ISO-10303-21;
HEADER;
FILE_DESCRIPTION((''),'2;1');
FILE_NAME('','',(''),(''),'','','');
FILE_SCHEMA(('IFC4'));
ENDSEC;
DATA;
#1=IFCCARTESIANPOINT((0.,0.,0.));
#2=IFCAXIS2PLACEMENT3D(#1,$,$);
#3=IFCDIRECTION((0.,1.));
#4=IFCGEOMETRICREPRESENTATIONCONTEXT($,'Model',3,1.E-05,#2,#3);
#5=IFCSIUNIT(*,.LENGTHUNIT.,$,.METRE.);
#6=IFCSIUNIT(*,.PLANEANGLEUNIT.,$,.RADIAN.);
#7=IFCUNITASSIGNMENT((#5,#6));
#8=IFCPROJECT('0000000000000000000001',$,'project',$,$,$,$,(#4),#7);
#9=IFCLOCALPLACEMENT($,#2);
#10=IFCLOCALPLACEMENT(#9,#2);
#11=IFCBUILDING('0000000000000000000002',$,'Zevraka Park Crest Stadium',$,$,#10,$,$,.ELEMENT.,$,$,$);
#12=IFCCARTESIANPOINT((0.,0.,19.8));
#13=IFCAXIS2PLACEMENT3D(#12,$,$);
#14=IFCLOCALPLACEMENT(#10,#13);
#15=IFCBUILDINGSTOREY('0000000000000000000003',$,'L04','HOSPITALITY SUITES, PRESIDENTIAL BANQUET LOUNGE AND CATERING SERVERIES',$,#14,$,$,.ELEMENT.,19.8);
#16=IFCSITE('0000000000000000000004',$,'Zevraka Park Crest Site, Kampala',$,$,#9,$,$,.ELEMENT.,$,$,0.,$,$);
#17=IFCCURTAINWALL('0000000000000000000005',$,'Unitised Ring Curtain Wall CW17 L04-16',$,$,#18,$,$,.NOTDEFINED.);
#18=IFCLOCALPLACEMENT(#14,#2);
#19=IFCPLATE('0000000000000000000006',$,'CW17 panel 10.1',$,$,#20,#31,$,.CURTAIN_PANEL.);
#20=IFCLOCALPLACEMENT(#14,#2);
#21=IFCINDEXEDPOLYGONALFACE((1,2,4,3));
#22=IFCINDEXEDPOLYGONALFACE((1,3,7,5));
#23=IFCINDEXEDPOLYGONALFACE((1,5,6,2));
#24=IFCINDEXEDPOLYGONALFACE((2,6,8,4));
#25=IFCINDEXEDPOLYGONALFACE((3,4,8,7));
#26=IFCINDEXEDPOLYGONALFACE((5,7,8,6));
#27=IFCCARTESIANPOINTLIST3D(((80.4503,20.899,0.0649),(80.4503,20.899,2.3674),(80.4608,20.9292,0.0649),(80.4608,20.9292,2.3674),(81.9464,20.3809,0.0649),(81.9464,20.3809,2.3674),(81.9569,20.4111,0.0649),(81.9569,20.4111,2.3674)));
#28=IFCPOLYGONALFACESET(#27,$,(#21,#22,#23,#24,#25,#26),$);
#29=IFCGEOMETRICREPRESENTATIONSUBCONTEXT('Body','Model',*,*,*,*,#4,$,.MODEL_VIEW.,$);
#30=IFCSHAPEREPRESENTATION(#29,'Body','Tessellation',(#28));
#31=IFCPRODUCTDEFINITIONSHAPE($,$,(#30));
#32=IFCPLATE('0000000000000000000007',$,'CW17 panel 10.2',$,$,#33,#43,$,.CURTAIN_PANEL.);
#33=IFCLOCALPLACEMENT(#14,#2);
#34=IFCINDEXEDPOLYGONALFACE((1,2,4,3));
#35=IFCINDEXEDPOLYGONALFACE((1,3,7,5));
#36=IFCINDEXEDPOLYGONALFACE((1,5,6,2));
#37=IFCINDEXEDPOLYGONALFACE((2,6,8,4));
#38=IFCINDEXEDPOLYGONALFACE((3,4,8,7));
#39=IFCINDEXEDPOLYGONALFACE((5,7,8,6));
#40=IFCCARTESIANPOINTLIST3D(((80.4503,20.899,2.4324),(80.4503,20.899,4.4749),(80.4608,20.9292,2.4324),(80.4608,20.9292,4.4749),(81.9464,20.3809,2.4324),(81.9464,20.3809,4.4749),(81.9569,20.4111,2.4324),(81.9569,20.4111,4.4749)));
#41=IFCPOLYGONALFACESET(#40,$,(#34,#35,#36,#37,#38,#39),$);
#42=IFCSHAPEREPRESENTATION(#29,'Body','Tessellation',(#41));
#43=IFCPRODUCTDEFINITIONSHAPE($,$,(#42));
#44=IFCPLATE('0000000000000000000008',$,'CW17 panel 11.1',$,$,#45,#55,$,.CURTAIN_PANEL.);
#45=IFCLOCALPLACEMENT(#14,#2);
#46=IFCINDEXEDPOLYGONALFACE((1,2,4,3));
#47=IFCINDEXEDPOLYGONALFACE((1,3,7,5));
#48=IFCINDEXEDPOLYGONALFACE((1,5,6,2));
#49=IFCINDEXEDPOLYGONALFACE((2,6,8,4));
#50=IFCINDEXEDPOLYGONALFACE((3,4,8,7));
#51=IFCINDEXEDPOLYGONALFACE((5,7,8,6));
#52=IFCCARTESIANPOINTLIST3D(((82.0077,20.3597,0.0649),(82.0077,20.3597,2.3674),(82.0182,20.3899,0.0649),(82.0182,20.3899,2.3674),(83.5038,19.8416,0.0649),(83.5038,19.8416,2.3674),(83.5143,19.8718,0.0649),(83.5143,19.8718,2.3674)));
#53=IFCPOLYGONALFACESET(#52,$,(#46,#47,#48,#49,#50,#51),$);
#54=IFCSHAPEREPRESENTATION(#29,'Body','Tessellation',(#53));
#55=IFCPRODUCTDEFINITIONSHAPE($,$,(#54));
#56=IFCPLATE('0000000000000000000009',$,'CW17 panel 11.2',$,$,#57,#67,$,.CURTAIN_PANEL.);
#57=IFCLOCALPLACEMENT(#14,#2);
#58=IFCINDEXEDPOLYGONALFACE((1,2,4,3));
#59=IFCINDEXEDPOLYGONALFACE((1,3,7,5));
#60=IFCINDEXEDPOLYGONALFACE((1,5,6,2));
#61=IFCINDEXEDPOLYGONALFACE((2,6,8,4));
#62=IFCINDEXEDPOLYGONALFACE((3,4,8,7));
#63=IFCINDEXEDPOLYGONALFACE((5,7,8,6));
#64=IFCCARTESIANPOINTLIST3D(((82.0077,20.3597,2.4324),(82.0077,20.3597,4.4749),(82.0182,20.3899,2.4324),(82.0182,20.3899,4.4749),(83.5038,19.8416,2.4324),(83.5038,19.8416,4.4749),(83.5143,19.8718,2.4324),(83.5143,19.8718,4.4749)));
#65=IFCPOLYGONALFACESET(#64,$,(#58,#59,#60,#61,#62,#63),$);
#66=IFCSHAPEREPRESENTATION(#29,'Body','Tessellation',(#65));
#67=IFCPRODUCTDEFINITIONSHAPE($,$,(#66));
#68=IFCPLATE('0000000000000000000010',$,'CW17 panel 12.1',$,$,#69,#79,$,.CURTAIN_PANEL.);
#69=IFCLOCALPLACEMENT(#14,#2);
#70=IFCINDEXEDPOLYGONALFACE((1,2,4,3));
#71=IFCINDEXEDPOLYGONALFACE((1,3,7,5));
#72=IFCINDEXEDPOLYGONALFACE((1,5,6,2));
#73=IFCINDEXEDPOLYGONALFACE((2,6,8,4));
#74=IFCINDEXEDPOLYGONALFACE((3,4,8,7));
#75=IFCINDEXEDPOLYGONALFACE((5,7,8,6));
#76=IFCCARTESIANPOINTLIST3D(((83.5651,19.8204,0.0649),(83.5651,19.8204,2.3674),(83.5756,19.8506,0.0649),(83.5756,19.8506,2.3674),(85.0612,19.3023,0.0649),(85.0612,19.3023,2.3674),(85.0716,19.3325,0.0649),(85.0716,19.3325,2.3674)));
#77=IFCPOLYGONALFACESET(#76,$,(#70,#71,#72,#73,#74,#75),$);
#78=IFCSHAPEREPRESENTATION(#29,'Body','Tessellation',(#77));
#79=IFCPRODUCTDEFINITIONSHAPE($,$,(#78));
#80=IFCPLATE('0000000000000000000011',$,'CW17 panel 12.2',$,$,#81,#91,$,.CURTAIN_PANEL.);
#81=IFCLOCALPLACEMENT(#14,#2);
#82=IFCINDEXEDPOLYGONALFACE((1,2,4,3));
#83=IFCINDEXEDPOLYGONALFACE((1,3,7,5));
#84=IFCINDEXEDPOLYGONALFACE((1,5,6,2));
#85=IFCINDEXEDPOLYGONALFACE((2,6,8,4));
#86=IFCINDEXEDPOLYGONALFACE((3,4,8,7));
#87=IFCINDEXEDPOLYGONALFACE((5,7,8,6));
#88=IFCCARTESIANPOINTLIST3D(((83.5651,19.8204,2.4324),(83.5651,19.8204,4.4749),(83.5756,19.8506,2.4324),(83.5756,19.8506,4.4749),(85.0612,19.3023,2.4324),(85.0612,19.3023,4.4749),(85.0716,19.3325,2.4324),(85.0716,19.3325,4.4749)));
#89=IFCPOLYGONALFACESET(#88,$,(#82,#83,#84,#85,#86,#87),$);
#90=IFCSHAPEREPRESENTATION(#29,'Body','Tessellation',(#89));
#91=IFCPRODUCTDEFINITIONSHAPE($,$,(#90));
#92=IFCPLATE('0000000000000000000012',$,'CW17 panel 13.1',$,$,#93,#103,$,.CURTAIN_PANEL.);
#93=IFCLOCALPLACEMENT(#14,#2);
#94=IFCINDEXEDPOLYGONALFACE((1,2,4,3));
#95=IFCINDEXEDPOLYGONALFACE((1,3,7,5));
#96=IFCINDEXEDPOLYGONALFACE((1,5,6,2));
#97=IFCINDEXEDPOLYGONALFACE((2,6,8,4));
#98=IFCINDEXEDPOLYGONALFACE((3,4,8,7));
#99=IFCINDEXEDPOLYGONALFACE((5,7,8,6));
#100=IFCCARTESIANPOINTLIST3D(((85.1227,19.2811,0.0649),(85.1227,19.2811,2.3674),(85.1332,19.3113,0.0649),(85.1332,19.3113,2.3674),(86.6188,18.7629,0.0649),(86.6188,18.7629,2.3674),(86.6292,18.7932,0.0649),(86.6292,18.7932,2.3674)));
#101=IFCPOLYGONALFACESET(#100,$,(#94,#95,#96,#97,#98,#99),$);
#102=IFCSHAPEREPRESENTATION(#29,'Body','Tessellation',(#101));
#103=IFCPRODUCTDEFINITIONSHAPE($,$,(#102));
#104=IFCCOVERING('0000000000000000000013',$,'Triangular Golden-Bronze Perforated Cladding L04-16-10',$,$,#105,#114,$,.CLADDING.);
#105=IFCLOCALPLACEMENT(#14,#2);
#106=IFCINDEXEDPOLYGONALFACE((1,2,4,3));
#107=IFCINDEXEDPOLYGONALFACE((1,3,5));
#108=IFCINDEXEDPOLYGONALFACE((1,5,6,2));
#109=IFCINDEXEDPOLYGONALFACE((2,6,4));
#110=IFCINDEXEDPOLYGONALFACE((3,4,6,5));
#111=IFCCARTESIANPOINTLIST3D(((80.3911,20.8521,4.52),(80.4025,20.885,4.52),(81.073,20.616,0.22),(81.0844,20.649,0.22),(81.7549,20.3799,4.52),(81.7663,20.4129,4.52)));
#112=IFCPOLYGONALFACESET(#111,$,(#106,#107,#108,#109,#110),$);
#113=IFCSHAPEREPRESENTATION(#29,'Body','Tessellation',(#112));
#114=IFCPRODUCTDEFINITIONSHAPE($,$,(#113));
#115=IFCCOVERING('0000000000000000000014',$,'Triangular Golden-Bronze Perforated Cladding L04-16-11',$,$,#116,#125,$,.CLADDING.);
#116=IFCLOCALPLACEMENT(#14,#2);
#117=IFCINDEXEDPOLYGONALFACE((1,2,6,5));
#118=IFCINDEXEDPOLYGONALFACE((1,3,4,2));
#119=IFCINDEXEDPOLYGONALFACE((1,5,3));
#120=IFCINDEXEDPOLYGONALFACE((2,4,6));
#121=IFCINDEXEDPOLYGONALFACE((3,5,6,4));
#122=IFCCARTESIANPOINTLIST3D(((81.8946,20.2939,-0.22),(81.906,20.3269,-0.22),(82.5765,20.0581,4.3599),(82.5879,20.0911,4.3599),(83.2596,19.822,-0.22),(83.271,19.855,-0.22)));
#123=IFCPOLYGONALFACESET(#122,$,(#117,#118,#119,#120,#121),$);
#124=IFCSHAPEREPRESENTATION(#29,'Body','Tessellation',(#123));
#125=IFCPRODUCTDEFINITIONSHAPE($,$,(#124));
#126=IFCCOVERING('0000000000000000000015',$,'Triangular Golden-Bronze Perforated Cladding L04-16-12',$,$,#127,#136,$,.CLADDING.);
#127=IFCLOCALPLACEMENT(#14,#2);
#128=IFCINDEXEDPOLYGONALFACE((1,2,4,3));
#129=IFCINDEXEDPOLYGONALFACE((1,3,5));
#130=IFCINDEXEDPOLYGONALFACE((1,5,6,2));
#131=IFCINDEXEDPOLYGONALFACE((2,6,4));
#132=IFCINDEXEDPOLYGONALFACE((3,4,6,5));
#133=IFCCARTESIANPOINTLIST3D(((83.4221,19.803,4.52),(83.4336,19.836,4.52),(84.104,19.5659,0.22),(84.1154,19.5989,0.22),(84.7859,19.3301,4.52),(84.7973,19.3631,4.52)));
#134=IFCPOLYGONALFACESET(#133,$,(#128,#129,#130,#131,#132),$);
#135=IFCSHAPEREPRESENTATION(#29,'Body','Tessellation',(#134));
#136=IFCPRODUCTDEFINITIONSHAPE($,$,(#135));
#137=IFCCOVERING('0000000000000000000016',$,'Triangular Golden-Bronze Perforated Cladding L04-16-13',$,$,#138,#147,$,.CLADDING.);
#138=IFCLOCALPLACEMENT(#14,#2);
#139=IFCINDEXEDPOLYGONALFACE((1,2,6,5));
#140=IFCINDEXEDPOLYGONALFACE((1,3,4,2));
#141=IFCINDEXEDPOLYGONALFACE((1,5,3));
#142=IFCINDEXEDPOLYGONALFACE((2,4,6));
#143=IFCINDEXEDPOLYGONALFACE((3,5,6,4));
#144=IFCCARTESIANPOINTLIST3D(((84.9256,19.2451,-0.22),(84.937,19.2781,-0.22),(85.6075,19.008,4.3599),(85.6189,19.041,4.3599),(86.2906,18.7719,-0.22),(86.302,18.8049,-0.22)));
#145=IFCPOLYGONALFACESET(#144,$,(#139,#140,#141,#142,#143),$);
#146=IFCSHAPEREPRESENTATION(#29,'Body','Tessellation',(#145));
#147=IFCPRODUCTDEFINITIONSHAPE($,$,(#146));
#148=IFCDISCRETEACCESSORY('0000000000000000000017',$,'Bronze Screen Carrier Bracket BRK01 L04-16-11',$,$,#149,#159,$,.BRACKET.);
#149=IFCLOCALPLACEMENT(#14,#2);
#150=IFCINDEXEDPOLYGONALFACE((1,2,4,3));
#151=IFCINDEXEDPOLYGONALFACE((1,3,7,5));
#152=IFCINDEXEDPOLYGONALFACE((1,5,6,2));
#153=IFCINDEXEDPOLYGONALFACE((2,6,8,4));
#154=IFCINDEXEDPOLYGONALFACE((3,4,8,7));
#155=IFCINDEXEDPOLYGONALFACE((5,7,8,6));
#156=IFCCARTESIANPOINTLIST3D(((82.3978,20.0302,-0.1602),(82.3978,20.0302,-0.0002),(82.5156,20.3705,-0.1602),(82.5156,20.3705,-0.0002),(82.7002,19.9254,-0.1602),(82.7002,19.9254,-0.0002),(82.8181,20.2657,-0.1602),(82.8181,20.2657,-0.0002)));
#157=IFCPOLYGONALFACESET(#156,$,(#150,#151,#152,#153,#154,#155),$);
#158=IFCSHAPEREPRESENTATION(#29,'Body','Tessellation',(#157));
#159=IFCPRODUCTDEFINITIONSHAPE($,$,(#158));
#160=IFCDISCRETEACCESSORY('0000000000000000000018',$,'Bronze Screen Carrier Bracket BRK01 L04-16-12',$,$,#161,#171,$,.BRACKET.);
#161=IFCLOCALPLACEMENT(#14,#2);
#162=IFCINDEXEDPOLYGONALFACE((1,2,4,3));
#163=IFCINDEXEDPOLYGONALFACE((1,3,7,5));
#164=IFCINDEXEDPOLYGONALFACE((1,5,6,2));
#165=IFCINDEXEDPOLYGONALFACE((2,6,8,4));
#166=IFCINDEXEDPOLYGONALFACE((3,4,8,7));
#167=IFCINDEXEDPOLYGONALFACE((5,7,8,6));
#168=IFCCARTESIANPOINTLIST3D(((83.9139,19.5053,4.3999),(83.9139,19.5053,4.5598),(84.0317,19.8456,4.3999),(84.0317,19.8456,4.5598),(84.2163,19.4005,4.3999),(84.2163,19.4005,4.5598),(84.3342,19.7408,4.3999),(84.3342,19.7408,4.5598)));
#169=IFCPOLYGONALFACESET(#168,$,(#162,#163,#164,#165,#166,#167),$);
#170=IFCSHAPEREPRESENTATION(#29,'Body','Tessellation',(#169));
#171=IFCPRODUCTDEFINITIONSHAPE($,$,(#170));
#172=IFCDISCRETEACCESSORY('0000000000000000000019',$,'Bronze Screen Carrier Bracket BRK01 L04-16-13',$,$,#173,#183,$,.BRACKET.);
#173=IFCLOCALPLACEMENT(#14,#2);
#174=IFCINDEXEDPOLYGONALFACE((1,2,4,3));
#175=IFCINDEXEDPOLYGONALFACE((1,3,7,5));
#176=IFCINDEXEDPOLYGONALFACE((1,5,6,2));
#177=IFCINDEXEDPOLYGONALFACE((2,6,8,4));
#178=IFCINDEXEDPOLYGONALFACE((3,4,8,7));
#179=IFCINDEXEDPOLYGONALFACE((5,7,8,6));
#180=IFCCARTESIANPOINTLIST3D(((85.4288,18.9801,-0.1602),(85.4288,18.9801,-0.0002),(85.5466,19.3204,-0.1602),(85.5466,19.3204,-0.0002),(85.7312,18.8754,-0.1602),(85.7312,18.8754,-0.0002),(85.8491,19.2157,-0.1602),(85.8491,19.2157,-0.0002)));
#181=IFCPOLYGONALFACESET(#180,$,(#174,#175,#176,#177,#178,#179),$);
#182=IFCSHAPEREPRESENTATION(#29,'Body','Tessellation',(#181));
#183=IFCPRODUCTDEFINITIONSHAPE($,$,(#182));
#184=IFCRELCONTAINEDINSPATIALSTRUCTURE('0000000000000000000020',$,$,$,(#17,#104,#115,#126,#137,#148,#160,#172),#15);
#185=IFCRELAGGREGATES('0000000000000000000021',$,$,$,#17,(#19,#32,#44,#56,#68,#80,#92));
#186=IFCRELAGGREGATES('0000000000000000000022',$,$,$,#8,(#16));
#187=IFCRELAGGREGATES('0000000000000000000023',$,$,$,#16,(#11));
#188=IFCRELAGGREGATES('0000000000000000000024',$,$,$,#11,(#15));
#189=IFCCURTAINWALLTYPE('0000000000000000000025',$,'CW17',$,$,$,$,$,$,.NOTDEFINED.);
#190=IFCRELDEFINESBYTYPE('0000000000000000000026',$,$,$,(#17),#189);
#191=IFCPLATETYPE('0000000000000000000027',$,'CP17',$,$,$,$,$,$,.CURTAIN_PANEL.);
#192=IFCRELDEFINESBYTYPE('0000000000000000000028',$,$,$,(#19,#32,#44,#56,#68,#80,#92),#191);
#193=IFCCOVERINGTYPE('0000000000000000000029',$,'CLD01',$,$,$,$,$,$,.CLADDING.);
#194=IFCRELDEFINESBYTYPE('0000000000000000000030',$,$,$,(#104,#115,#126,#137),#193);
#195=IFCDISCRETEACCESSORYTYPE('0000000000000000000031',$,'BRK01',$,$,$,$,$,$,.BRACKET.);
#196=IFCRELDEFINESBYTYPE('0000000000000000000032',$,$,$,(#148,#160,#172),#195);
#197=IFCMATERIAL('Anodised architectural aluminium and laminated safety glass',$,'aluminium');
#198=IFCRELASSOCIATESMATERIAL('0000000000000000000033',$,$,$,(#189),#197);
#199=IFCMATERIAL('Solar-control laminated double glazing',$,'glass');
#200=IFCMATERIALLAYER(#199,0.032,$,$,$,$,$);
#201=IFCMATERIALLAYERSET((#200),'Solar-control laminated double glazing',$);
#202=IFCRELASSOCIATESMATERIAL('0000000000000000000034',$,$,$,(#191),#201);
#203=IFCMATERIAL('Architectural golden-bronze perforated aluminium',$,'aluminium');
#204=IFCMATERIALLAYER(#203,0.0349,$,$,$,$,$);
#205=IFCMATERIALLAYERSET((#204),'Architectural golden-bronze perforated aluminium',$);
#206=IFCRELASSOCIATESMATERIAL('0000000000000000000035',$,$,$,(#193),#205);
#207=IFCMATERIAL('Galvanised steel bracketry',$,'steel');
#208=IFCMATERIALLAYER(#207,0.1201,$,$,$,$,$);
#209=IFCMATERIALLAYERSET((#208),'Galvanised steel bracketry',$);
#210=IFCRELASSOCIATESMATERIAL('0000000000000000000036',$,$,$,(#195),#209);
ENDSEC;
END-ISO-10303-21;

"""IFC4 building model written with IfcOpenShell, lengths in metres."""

from ifc_helpers import new_model, si_unit, direction, frame, origin, origin_2d, place, context, subcontext, project, spatial, polyline, rectangle, outline, extrude, material, layer, layer_set, type_object, element, aggregate, save


model = new_model("IFC4")

# Units and contexts
model_context = context("Model", 3, precision=1e-05, world=origin(), true_north=direction((0.0, 1.0)))
body_context = subcontext(model_context, "Body", "Model", "MODEL_VIEW")
ifc_project = project(units=[si_unit("LENGTHUNIT", "METRE"), si_unit("PLANEANGLEUNIT", "RADIAN")], contexts=[model_context])

# Site, building, storey
site_placement = place(None, origin())
site = spatial("IfcSite", under=ifc_project, at=site_placement, Name="Zevraka Park Crest Site, Kampala", CompositionType="ELEMENT", RefElevation=0.0)
building_placement = place(site_placement, origin())
building = spatial("IfcBuilding", under=site, at=building_placement, Name="Zevraka Park Crest Stadium", CompositionType="ELEMENT")
storey_placement = place(building_placement, frame((0.0, 0.0, 19.8)))
storey = spatial("IfcBuildingStorey", under=building, at=storey_placement, Name="L04", Description="HOSPITALITY SUITES, PRESIDENTIAL BANQUET LOUNGE AND CATERING SERVERIES", CompositionType="ELEMENT", Elevation=19.8)

# Curtain wall
ifc_material_1 = material(Name="Anodised architectural aluminium and laminated safety glass", Category="aluminium")
curtain_wall_type = type_object("IfcCurtainWallType", Name="CW17", PredefinedType="NOTDEFINED", material=ifc_material_1)
curtain_wall_placement = place(storey_placement, origin())
curtain_wall = element("IfcCurtainWall", 1, at=curtain_wall_placement, inside=storey, type_object=curtain_wall_type, Name="Unitised Ring Curtain Wall CW17 L04-16", PredefinedType="NOTDEFINED")

# Plates
ifc_material_2 = material(Name="Solar-control laminated double glazing", Category="glass")
ifc_layer_1 = layer(ifc_material_2, 0.032)
ifc_layer_set_1 = layer_set([ifc_layer_1], Name="Solar-control laminated double glazing")
plate_type = type_object("IfcPlateType", Name="CP17", PredefinedType="CURTAIN_PANEL", material=ifc_layer_set_1)
plate_1_placement = place(storey_placement, frame((81.2036, 20.655, 0.0649), z_axis=(0.0, 0.0, 1.0), x_axis=(0.94494, -0.327245, 0.0)))
plate_1 = element("IfcPlate", 2, at=plate_1_placement, type_object=plate_type, Name="CW17 panel 10.1", PredefinedType="CURTAIN_PANEL", context=body_context, shape_type="SweptSolid", body=[
    extrude(rectangle(XDim=1.5833, YDim=0.032, at=origin_2d()), origin(), (0.0, 0.0, 1.0), 2.3025),
])
plate_2_placement = place(storey_placement, frame((81.2036, 20.655, 2.4324), z_axis=(0.0, 0.0, 1.0), x_axis=(0.94494, -0.327245, 0.0)))
plate_2 = element("IfcPlate", 3, at=plate_2_placement, type_object=plate_type, Name="CW17 panel 10.2", PredefinedType="CURTAIN_PANEL", context=body_context, shape_type="SweptSolid", body=[
    extrude(rectangle(XDim=1.5833, YDim=0.032, at=origin_2d()), origin(), (0.0, 0.0, 1.0), 2.0425),
])
plate_3_placement = place(storey_placement, frame((82.761, 20.1157, 0.0649), z_axis=(0.0, 0.0, 1.0), x_axis=(0.94494, -0.327245, 0.0)))
plate_3 = element("IfcPlate", 4, at=plate_3_placement, type_object=plate_type, Name="CW17 panel 11.1", PredefinedType="CURTAIN_PANEL", context=body_context, shape_type="SweptSolid", body=[
    extrude(rectangle(XDim=1.5833, YDim=0.032, at=origin_2d()), origin(), (0.0, 0.0, 1.0), 2.3025),
])
plate_4_placement = place(storey_placement, frame((82.761, 20.1157, 2.4324), z_axis=(0.0, 0.0, 1.0), x_axis=(0.94494, -0.327245, 0.0)))
plate_4 = element("IfcPlate", 5, at=plate_4_placement, type_object=plate_type, Name="CW17 panel 11.2", PredefinedType="CURTAIN_PANEL", context=body_context, shape_type="SweptSolid", body=[
    extrude(rectangle(XDim=1.5833, YDim=0.032, at=origin_2d()), origin(), (0.0, 0.0, 1.0), 2.0425),
])
plate_5_placement = place(storey_placement, frame((84.3184, 19.5764, 0.0649), z_axis=(0.0, 0.0, 1.0), x_axis=(0.94494, -0.327245, 0.0)))
plate_5 = element("IfcPlate", 6, at=plate_5_placement, type_object=plate_type, Name="CW17 panel 12.1", PredefinedType="CURTAIN_PANEL", context=body_context, shape_type="SweptSolid", body=[
    extrude(rectangle(XDim=1.5833, YDim=0.032, at=origin_2d()), origin(), (0.0, 0.0, 1.0), 2.3025),
])
plate_6_placement = place(storey_placement, frame((84.3184, 19.5764, 2.4324), z_axis=(0.0, 0.0, 1.0), x_axis=(0.94494, -0.327245, 0.0)))
plate_6 = element("IfcPlate", 7, at=plate_6_placement, type_object=plate_type, Name="CW17 panel 12.2", PredefinedType="CURTAIN_PANEL", context=body_context, shape_type="SweptSolid", body=[
    extrude(rectangle(XDim=1.5833, YDim=0.032, at=origin_2d()), origin(), (0.0, 0.0, 1.0), 2.0425),
])
plate_7_placement = place(storey_placement, frame((85.876, 19.0371, 0.0649), z_axis=(0.0, 0.0, 1.0), x_axis=(0.94494, -0.327245, 0.0)))
plate_7 = element("IfcPlate", 8, at=plate_7_placement, type_object=plate_type, Name="CW17 panel 13.1", PredefinedType="CURTAIN_PANEL", context=body_context, shape_type="SweptSolid", body=[
    extrude(rectangle(XDim=1.5833, YDim=0.032, at=origin_2d()), origin(), (0.0, 0.0, 1.0), 2.3025),
])
aggregate(curtain_wall, [plate_1, plate_2, plate_3, plate_4, plate_5, plate_6, plate_7])

# Coverings
ifc_material_3 = material(Name="Architectural golden-bronze perforated aluminium", Category="aluminium")
ifc_layer_2 = layer(ifc_material_3, 0.0349)
ifc_layer_set_2 = layer_set([ifc_layer_2], Name="Architectural golden-bronze perforated aluminium")
covering_type = type_object("IfcCoveringType", Name="CLD01", PredefinedType="CLADDING", material=ifc_layer_set_2)
covering_1_placement = place(storey_placement, frame((81.7549, 20.3799, 4.52), z_axis=(-0.327169, -0.944966, 0.0), x_axis=(-0.944966, 0.327169, 0.0)))
element("IfcCovering", 9, at=covering_1_placement, inside=storey, type_object=covering_type, Name="Triangular Golden-Bronze Perforated Cladding L04-16-10", PredefinedType="CLADDING", context=body_context, shape_type="SweptSolid", body=[
    extrude(outline(polyline([(0.0, 0.0), (1.4432, 0.0), (0.7216, 4.3), (0.0, 0.0)])), origin(), (0.0, 0.0, -1.0), 0.0349),
])
covering_2_placement = place(storey_placement, frame((81.906, 20.3269, -0.22), z_axis=(0.326756, 0.945109, 0.000018), x_axis=(0.945109, -0.326756, 0.0)))
element("IfcCovering", 10, at=covering_2_placement, inside=storey, type_object=covering_type, Name="Triangular Golden-Bronze Perforated Cladding L04-16-11", PredefinedType="CLADDING", context=body_context, shape_type="SweptSolid", body=[
    extrude(outline(polyline([(0.0, 0.0), (1.4443, 0.0), (0.7215, -4.5798), (0.0, 0.0)])), origin(), (0.0, 0.0, -1.0), 0.0349),
])
covering_3_placement = place(storey_placement, frame((84.7859, 19.3301, 4.52), z_axis=(-0.327622, -0.944809, 0.000134), x_axis=(-0.944809, 0.327622, 0.0)))
element("IfcCovering", 11, at=covering_3_placement, inside=storey, type_object=covering_type, Name="Triangular Golden-Bronze Perforated Cladding L04-16-12", PredefinedType="CLADDING", context=body_context, shape_type="SweptSolid", body=[
    extrude(outline(polyline([(0.0, 0.0), (1.4434, 0.0), (0.7215, 4.3), (0.0, 0.0)])), origin(), (0.0, 0.0, -1.0), 0.0349),
])
covering_4_placement = place(storey_placement, frame((84.937, 19.2781, -0.22), z_axis=(0.327511, 0.944847, 0.000144), x_axis=(0.944847, -0.327511, 0.0)))
element("IfcCovering", 12, at=covering_4_placement, inside=storey, type_object=covering_type, Name="Triangular Golden-Bronze Perforated Cladding L04-16-13", PredefinedType="CLADDING", context=body_context, shape_type="SweptSolid", body=[
    extrude(outline(polyline([(0.0, 0.0), (1.4447, 0.0), (0.7219, -4.5798), (0.0, 0.0)])), origin(), (0.0, 0.0, -1.0), 0.0349),
])

# Discrete accessories
ifc_material_4 = material(Name="Galvanised steel bracketry", Category="steel")
ifc_layer_3 = layer(ifc_material_4, 0.1201)
ifc_layer_set_3 = layer_set([ifc_layer_3], Name="Galvanised steel bracketry")
discrete_accessory_type = type_object("IfcDiscreteAccessoryType", Name="BRK01", PredefinedType="BRACKET", material=ifc_layer_set_3)
for number, where, z_axis, x_axis, name in (
    (13, (82.6079, 20.1479, -0.1602), (0.0, 0.0, 1.0), (0.944949, -0.327218, 0.0), "Bronze Screen Carrier Bracket BRK01 L04-16-11"),
    (14, (84.124, 19.623, 4.3999), (0.0, 0.0, 1.0), (0.944949, -0.327218, 0.0), "Bronze Screen Carrier Bracket BRK01 L04-16-12"),
    (15, (85.6389, 19.0979, -0.1602), (0.0, 0.0, 1.0), (0.944949, -0.327218, 0.0), "Bronze Screen Carrier Bracket BRK01 L04-16-13"),
):
    element("IfcDiscreteAccessory", number, at=place(storey_placement, frame(where, z_axis=z_axis, x_axis=x_axis)), inside=storey, type_object=discrete_accessory_type, Name=name, PredefinedType="BRACKET", context=body_context, shape_type="SweptSolid", body=[
        extrude(rectangle(XDim=0.3201, YDim=0.3601, at=origin_2d()), origin(), (0.0, 0.0, 1.0), 0.1599),
    ])

save(model, "model.ifc")
